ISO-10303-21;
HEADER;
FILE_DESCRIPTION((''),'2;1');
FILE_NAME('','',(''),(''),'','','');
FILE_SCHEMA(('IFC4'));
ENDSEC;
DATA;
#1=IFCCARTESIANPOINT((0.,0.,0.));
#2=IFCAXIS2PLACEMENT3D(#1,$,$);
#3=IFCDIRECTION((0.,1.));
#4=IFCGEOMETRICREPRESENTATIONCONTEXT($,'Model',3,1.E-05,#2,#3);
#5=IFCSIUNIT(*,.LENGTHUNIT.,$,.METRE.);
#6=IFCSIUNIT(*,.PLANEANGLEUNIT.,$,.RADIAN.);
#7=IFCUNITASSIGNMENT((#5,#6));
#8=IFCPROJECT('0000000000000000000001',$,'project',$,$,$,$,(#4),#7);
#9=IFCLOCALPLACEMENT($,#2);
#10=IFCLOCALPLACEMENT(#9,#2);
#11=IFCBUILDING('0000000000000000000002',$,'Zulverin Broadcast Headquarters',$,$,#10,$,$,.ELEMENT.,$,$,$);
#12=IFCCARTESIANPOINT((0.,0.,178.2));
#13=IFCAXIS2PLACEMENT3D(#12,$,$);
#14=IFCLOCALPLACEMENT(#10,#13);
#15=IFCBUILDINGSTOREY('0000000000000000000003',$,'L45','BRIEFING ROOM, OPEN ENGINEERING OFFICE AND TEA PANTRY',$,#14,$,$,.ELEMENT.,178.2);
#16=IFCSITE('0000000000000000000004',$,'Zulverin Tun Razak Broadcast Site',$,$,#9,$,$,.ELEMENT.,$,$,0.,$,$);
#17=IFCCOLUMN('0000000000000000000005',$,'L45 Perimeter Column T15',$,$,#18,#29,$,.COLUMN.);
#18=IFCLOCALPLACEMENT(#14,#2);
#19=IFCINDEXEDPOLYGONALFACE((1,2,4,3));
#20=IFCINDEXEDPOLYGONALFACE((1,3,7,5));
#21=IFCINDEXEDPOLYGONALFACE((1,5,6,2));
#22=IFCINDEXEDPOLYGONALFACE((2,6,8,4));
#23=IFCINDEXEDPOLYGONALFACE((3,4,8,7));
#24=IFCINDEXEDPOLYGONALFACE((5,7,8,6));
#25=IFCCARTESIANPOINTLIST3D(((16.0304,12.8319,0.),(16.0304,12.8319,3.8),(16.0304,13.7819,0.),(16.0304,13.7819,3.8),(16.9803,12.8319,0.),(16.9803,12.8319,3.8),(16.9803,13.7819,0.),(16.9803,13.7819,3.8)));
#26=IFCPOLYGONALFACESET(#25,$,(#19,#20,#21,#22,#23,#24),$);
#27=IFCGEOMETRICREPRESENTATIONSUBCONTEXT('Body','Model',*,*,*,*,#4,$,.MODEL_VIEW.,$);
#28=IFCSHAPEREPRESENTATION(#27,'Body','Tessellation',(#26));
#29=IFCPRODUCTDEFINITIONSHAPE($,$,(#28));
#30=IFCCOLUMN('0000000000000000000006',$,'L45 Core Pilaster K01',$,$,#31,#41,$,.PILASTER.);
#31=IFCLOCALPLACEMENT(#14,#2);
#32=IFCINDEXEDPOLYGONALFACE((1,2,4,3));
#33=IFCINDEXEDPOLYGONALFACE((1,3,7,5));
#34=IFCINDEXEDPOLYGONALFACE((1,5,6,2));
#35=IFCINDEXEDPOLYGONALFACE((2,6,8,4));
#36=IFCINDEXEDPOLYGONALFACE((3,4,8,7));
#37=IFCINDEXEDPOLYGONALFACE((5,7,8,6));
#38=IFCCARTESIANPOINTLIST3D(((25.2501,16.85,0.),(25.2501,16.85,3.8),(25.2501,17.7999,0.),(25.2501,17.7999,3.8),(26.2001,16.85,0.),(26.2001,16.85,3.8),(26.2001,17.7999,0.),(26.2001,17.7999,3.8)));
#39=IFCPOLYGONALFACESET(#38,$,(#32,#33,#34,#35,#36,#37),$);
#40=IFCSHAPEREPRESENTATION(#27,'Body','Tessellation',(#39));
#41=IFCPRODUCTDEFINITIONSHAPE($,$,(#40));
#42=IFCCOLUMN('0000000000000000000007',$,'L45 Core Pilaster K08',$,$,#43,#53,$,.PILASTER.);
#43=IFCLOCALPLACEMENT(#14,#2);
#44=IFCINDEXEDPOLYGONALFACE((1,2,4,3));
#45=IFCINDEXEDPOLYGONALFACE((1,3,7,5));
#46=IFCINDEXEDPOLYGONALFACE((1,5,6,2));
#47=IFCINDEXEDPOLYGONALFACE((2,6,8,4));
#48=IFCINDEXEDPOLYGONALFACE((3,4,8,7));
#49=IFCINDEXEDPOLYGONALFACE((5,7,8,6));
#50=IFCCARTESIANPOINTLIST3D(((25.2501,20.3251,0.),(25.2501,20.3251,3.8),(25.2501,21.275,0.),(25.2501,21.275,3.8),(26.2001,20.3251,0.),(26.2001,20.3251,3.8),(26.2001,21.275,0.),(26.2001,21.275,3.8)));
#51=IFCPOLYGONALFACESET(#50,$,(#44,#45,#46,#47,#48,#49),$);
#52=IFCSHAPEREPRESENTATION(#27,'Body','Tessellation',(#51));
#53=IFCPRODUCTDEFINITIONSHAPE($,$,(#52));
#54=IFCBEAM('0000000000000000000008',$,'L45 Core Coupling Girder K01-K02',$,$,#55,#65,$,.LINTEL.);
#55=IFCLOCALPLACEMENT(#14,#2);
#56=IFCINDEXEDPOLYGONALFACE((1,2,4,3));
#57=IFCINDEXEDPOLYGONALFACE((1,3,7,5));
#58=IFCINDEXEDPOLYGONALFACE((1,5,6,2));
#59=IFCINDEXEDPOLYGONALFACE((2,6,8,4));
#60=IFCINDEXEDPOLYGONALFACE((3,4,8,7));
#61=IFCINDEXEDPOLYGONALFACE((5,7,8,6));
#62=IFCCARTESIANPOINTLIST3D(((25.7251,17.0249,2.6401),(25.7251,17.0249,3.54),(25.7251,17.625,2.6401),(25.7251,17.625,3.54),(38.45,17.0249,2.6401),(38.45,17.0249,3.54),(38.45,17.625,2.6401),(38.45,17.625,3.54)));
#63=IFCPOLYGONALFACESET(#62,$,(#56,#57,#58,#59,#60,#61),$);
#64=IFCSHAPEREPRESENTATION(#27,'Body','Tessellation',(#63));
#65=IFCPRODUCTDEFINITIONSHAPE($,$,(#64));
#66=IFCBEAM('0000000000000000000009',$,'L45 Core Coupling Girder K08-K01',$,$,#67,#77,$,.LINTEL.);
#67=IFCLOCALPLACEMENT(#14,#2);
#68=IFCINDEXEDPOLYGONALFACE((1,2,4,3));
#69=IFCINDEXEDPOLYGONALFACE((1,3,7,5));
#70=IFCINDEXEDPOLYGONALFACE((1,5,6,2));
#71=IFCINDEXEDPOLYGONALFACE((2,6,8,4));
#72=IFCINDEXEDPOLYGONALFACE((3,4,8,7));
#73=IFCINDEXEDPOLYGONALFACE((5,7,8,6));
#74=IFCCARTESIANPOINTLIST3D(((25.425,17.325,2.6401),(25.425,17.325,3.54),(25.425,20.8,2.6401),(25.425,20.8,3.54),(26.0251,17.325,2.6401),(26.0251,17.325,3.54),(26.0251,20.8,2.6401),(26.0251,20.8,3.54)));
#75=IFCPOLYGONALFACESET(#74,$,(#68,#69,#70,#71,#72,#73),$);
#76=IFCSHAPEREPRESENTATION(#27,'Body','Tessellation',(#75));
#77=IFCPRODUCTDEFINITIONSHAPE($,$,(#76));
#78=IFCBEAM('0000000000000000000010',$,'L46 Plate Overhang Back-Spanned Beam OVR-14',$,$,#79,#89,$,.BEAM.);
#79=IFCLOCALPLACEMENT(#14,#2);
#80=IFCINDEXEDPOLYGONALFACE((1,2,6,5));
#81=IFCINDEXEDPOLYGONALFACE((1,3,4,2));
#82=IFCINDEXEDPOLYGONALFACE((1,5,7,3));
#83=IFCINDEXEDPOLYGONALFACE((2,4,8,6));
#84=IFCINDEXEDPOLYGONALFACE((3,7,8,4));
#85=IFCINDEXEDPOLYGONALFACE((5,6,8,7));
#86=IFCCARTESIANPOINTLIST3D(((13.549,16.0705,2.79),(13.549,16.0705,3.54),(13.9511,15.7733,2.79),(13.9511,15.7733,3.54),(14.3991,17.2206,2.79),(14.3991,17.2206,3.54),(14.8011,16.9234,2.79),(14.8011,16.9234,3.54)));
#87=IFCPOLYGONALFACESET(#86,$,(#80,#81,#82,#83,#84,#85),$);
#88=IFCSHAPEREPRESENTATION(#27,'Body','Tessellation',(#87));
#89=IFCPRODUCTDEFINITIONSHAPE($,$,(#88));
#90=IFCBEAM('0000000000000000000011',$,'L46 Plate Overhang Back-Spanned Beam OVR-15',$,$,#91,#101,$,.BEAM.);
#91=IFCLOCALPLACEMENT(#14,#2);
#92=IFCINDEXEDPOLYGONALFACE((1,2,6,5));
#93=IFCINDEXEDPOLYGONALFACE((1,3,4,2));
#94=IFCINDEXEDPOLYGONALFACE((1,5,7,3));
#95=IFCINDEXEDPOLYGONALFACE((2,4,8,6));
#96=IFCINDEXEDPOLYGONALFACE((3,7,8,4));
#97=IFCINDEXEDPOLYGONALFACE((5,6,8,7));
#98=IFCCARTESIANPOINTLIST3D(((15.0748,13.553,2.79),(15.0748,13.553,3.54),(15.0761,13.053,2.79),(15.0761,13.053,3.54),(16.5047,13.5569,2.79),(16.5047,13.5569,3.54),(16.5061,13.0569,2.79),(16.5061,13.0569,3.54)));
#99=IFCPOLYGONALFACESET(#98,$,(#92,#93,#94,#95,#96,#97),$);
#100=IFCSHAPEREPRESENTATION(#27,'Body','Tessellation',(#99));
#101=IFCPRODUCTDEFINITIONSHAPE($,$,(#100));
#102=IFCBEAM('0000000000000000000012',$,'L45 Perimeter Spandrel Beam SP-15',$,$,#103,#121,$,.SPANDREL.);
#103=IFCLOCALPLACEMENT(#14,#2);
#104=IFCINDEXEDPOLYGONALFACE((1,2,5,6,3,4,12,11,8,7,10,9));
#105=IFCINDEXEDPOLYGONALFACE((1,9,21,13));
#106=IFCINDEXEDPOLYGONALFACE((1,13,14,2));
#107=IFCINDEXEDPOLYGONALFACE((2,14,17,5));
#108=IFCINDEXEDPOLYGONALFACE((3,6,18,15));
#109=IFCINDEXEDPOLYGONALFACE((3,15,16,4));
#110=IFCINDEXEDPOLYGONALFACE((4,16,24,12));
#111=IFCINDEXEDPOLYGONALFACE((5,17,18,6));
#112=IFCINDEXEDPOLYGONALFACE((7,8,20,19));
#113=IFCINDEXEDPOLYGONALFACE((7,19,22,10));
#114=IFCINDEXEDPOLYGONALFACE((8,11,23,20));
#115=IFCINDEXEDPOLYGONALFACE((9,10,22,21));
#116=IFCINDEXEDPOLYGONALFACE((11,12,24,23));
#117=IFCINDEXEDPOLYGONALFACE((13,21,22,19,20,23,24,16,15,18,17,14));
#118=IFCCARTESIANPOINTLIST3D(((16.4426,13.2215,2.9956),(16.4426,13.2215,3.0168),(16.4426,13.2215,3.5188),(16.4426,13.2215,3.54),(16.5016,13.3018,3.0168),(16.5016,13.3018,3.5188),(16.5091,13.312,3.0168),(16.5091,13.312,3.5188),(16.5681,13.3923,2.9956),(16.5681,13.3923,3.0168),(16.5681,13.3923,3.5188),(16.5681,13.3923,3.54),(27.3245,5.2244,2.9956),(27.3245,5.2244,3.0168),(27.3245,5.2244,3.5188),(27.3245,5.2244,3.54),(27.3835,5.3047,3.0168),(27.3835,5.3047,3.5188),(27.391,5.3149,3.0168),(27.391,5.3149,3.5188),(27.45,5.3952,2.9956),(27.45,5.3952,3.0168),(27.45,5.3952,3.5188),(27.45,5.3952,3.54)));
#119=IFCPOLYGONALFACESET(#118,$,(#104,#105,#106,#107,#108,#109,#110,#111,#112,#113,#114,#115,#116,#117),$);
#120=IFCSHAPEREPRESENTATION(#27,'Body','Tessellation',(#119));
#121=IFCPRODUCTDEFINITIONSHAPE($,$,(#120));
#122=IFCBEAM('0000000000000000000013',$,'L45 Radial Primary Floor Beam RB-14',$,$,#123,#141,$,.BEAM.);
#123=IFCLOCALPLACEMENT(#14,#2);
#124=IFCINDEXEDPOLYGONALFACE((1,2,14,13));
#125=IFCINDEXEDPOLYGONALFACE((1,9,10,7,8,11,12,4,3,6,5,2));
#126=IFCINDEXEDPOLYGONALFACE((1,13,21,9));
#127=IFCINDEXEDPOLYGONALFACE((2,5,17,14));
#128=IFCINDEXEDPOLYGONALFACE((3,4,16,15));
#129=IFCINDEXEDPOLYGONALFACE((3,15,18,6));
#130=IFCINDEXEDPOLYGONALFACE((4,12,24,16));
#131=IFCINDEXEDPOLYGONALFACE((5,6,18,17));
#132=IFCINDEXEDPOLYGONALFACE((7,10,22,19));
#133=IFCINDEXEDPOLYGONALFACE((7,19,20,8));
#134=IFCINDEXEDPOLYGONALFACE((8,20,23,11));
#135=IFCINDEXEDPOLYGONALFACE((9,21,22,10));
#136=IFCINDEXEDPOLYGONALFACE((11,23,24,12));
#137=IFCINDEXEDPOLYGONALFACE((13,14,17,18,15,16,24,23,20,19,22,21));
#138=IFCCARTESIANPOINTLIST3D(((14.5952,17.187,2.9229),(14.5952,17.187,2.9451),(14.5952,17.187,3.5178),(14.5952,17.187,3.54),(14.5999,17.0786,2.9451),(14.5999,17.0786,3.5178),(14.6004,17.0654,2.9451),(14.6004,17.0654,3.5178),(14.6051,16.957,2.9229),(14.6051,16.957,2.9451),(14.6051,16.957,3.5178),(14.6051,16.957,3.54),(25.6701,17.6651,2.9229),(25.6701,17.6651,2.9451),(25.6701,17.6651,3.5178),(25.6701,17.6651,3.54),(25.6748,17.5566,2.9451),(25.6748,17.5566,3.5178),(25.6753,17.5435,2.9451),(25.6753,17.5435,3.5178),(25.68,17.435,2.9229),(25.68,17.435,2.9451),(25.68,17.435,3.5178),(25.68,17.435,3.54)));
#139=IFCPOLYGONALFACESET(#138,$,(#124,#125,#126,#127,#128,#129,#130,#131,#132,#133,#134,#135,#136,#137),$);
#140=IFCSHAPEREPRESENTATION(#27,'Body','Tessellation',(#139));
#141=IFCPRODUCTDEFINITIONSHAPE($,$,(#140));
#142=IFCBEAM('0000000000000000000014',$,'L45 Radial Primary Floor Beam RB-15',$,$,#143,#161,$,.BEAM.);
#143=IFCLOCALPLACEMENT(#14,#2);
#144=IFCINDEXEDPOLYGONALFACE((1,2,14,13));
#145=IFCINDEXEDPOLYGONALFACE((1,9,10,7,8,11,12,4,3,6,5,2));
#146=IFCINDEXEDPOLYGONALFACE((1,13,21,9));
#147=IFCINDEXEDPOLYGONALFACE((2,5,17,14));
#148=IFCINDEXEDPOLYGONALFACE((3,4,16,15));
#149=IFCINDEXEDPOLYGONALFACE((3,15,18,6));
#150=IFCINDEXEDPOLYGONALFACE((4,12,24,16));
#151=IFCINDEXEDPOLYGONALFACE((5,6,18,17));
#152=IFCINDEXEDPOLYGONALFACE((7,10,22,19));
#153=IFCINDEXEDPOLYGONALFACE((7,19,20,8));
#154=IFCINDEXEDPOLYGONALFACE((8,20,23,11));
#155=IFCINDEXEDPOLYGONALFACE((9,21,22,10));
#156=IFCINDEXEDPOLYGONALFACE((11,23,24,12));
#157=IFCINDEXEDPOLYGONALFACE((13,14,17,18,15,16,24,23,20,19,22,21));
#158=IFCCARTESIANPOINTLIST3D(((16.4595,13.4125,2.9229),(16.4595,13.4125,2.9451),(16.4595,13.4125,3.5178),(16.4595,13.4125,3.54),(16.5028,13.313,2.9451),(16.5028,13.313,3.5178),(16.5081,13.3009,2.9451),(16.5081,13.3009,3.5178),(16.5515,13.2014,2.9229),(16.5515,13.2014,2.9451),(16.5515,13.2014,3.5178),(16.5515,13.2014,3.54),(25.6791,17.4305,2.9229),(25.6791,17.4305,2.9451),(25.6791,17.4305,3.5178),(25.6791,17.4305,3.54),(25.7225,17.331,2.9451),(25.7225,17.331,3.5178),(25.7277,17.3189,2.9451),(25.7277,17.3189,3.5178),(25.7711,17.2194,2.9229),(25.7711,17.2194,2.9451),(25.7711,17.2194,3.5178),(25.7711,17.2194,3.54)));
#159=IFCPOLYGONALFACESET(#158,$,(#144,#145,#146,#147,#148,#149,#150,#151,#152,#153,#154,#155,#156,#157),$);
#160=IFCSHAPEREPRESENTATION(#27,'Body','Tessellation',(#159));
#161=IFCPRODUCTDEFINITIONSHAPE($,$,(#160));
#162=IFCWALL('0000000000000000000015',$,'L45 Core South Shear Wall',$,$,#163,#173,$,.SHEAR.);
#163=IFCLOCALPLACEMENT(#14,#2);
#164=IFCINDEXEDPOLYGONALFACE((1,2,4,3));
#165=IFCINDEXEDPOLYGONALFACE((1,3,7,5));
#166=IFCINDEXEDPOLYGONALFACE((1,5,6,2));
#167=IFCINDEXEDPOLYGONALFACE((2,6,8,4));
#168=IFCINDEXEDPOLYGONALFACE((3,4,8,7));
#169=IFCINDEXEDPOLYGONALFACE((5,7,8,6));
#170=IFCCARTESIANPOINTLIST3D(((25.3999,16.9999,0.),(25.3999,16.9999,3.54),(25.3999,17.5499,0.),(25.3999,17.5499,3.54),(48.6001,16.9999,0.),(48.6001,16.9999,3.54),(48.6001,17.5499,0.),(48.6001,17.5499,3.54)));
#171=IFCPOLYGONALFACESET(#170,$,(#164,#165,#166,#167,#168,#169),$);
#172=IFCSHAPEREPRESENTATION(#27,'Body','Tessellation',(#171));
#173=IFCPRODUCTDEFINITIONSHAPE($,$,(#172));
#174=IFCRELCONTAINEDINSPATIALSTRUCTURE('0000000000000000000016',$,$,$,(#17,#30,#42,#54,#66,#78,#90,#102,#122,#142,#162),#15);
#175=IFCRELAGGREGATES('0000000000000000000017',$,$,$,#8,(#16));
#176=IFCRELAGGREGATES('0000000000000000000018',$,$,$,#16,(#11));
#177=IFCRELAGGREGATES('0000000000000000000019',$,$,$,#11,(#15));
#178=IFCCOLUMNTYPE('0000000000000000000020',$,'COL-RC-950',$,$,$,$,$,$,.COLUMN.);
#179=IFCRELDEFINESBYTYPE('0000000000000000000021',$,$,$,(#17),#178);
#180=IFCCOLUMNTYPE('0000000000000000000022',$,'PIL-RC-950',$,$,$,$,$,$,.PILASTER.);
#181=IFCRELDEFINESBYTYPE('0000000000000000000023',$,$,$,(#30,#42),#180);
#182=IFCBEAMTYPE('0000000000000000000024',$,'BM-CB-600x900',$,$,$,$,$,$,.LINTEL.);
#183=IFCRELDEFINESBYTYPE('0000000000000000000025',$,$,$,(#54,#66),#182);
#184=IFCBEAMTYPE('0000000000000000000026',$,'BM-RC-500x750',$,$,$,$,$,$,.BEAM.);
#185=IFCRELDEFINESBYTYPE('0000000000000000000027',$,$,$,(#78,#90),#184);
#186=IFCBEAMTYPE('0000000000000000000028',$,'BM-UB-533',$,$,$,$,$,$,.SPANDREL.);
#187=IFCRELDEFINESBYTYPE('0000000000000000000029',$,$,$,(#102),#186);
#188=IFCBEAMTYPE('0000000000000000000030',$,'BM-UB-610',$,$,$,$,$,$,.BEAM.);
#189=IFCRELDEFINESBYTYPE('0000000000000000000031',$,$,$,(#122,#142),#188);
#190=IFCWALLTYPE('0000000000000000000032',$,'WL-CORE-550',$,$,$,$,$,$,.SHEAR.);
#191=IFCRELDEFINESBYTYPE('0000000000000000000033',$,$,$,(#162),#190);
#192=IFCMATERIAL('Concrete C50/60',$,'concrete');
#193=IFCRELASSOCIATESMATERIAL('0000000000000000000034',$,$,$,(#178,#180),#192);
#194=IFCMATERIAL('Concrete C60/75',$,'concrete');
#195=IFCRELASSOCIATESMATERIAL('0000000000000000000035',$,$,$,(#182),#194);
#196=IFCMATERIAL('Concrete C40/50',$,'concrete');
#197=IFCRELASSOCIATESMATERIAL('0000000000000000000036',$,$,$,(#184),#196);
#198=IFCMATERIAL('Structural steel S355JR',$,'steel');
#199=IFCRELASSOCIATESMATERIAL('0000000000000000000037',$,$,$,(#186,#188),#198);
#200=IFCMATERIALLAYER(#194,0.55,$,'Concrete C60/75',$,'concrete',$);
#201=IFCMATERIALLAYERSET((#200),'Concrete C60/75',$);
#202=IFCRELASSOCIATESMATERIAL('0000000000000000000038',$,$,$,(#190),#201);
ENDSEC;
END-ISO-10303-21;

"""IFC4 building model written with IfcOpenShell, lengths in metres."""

from ifc_helpers import new_model, si_unit, direction, frame, frame_2d, origin, origin_2d, place, context, subcontext, project, spatial, rectangle, i_section, extrude, material, layer, layer_set, material_profile, profile_set, type_object, element, save


model = new_model("IFC4")

# Units and contexts
model_context = context("Model", 3, precision=1e-05, world=origin(), true_north=direction((0.0, 1.0)))
body_context = subcontext(model_context, "Body", "Model", "MODEL_VIEW")
ifc_project = project(units=[si_unit("LENGTHUNIT", "METRE"), si_unit("PLANEANGLEUNIT", "RADIAN")], contexts=[model_context])

# Site, building, storey
site_placement = place(None, origin())
site = spatial("IfcSite", under=ifc_project, at=site_placement, Name="Zulverin Tun Razak Broadcast Site", CompositionType="ELEMENT", RefElevation=0.0)
building_placement = place(site_placement, origin())
building = spatial("IfcBuilding", under=site, at=building_placement, Name="Zulverin Broadcast Headquarters", CompositionType="ELEMENT")
storey_placement = place(building_placement, frame((0.0, 0.0, 178.2)))
storey = spatial("IfcBuildingStorey", under=building, at=storey_placement, Name="L45", Description="BRIEFING ROOM, OPEN ENGINEERING OFFICE AND TEA PANTRY", CompositionType="ELEMENT", Elevation=178.2)

# Columns
ifc_material_1 = material(Name="Concrete C50/60", Category="concrete")
ifc_material_profile_1 = material_profile(ifc_material_1, rectangle(XDim=0.95, YDim=0.95, at=origin_2d()), Name="Concrete C50/60", Category="concrete")
ifc_profile_set_1 = profile_set([ifc_material_profile_1], Name="Concrete C50/60")
column_type_1 = type_object("IfcColumnType", Name="COL-RC-950", PredefinedType="COLUMN", material=ifc_profile_set_1)
column_placement = place(storey_placement, frame((16.5054, 13.3069, 0.0), z_axis=(0.0, 0.0, 1.0), x_axis=(1.0, 0.0, 0.0)))
element("IfcColumn", 1, at=column_placement, inside=storey, type_object=column_type_1, Name="L45 Perimeter Column T15", PredefinedType="COLUMN", context=body_context, shape_type="SweptSolid", body=[
    extrude(rectangle(XDim=0.95, YDim=0.95, at=origin_2d()), origin(), (0.0, 0.0, 1.0), 3.8),
])
ifc_material_profile_2 = material_profile(ifc_material_1, rectangle(XDim=0.95, YDim=0.95, at=origin_2d()), Name="Concrete C50/60", Category="concrete")
ifc_profile_set_2 = profile_set([ifc_material_profile_2], Name="Concrete C50/60")
column_type_2 = type_object("IfcColumnType", Name="PIL-RC-950", PredefinedType="PILASTER", material=ifc_profile_set_2)
for number, where, z_axis, x_axis, name in (
    (2, (25.7251, 17.325, 0.0), (0.0, 0.0, 1.0), (1.0, 0.0, 0.0), "L45 Core Pilaster K01"),
    (3, (25.7251, 20.8, 0.0), (0.0, 0.0, 1.0), (1.0, 0.0, 0.0), "L45 Core Pilaster K08"),
):
    element("IfcColumn", number, at=place(storey_placement, frame(where, z_axis=z_axis, x_axis=x_axis)), inside=storey, type_object=column_type_2, Name=name, PredefinedType="PILASTER", context=body_context, shape_type="SweptSolid", body=[
        extrude(rectangle(XDim=0.95, YDim=0.95, at=origin_2d()), origin(), (0.0, 0.0, 1.0), 3.8),
    ])

# Beams
ifc_material_2 = material(Name="Concrete C60/75", Category="concrete")
ifc_material_profile_3 = material_profile(ifc_material_2, rectangle(XDim=0.6001, YDim=0.8999, at=origin_2d()), Name="Concrete C60/75", Category="concrete")
ifc_profile_set_3 = profile_set([ifc_material_profile_3], Name="Concrete C60/75")
beam_type_1 = type_object("IfcBeamType", Name="BM-CB-600x900", PredefinedType="LINTEL", material=ifc_profile_set_3)
beam_1_placement = place(storey_placement, frame((25.7251, 17.325, 3.0901), z_axis=(1.0, 0.0, 0.0), x_axis=(0.0, 1.0, 0.0)))
element("IfcBeam", 4, at=beam_1_placement, inside=storey, type_object=beam_type_1, Name="L45 Core Coupling Girder K01-K02", PredefinedType="LINTEL", context=body_context, shape_type="SweptSolid", body=[
    extrude(rectangle(XDim=0.6001, YDim=0.8999, at=origin_2d()), origin(), (0.0, 0.0, 1.0), 12.7249),
])
beam_2_placement = place(storey_placement, frame((25.7251, 20.8, 3.0901), z_axis=(0.0, -1.0, 0.0), x_axis=(1.0, 0.0, 0.0)))
element("IfcBeam", 5, at=beam_2_placement, inside=storey, type_object=beam_type_1, Name="L45 Core Coupling Girder K08-K01", PredefinedType="LINTEL", context=body_context, shape_type="SweptSolid", body=[
    extrude(rectangle(XDim=0.6001, YDim=0.8999, at=origin_2d()), origin(), (0.0, 0.0, 1.0), 3.4751),
])
ifc_material_3 = material(Name="Concrete C40/50", Category="concrete")
ifc_material_profile_4 = material_profile(ifc_material_3, rectangle(XDim=0.5, YDim=0.75, at=origin_2d()), Name="Concrete C40/50", Category="concrete")
ifc_profile_set_4 = profile_set([ifc_material_profile_4], Name="Concrete C40/50")
beam_type_2 = type_object("IfcBeamType", Name="BM-RC-500x750", PredefinedType="BEAM", material=ifc_profile_set_4)
beam_3_placement = place(storey_placement, frame((14.6001, 17.072, 3.165), z_axis=(-0.594386, -0.80418, 0.0), x_axis=(0.80418, -0.594386, 0.0)))
element("IfcBeam", 6, at=beam_3_placement, inside=storey, type_object=beam_type_2, Name="L46 Plate Overhang Back-Spanned Beam OVR-14", PredefinedType="BEAM", context=body_context, shape_type="SweptSolid", body=[
    extrude(rectangle(XDim=0.5, YDim=0.75, at=origin_2d()), origin(), (0.0, 0.0, 1.0), 1.4302),
])
beam_4_placement = place(storey_placement, frame((16.5054, 13.3069, 3.165), z_axis=(-0.999996, -0.002732, 0.0), x_axis=(0.002732, -0.999996, 0.0)))
element("IfcBeam", 7, at=beam_4_placement, inside=storey, type_object=beam_type_2, Name="L46 Plate Overhang Back-Spanned Beam OVR-15", PredefinedType="BEAM", context=body_context, shape_type="SweptSolid", body=[
    extrude(rectangle(XDim=0.5, YDim=0.75, at=origin_2d()), origin(), (0.0, 0.0, 1.0), 1.4299),
])
ifc_material_4 = material(Name="Structural steel S355JR", Category="steel")
ifc_material_profile_5 = material_profile(ifc_material_4, i_section(OverallWidth=0.2119, OverallDepth=0.5444, WebThickness=0.0127, FlangeThickness=0.0212, at=origin_2d()), Name="Structural steel S355JR", Category="steel")
ifc_profile_set_5 = profile_set([ifc_material_profile_5], Name="Structural steel S355JR")
beam_type_3 = type_object("IfcBeamType", Name="BM-UB-533", PredefinedType="SPANDREL", material=ifc_profile_set_5)
beam_5_placement = place(storey_placement, frame((16.5054, 13.3069, 3.2678), z_axis=(0.805802, -0.592185, 0.0), x_axis=(0.592185, 0.805802, 0.0)))
element("IfcBeam", 8, at=beam_5_placement, inside=storey, type_object=beam_type_3, Name="L45 Perimeter Spandrel Beam SP-15", PredefinedType="SPANDREL", context=body_context, shape_type="SweptSolid", body=[
    extrude(i_section(OverallWidth=0.2119, OverallDepth=0.5444, WebThickness=0.0127, FlangeThickness=0.0212, at=origin_2d()), origin(), (0.0, 0.0, 1.0), 13.5044),
])
ifc_material_profile_6 = material_profile(ifc_material_4, i_section(OverallWidth=0.2302, OverallDepth=0.6172, WebThickness=0.0132, FlangeThickness=0.0222, at=origin_2d()), Name="Structural steel S355JR", Category="steel")
ifc_profile_set_6 = profile_set([ifc_material_profile_6], Name="Structural steel S355JR")
beam_type_4 = type_object("IfcBeamType", Name="BM-UB-610", PredefinedType="BEAM", material=ifc_profile_set_6)
beam_6_placement = place(storey_placement, frame((25.675, 17.55, 3.2314), z_axis=(-0.99907, -0.043123, 0.0), x_axis=(0.043123, -0.99907, 0.0)))
element("IfcBeam", 9, at=beam_6_placement, inside=storey, type_object=beam_type_4, Name="L45 Radial Primary Floor Beam RB-14", PredefinedType="BEAM", context=body_context, shape_type="SweptSolid", body=[
    extrude(i_section(OverallWidth=0.2302, OverallDepth=0.6172, WebThickness=0.0132, FlangeThickness=0.0222, at=origin_2d()), origin(), (0.0, 0.0, 1.0), 11.0852),
])
beam_7_placement = place(storey_placement, frame((25.7251, 17.325, 3.2314), z_axis=(-0.916725, -0.39952, 0.0), x_axis=(0.39952, -0.916725, 0.0)))
element("IfcBeam", 10, at=beam_7_placement, inside=storey, type_object=beam_type_4, Name="L45 Radial Primary Floor Beam RB-15", PredefinedType="BEAM", context=body_context, shape_type="SweptSolid", body=[
    extrude(i_section(OverallWidth=0.2302, OverallDepth=0.6172, WebThickness=0.0132, FlangeThickness=0.0222, at=origin_2d()), origin(), (0.0, 0.0, 1.0), 10.0571),
])

# Wall
ifc_layer_1 = layer(ifc_material_2, 0.55, Name="Concrete C60/75", Category="concrete")
ifc_layer_set_1 = layer_set([ifc_layer_1], Name="Concrete C60/75")
wall_type_1 = type_object("IfcWallType", Name="WL-CORE-550", PredefinedType="SHEAR", material=ifc_layer_set_1)
wall_1_placement = place(storey_placement, frame((25.3999, 17.2749, 0.0), z_axis=(0.0, 0.0, 1.0), x_axis=(1.0, 0.0, 0.0)))
element("IfcWall", 11, at=wall_1_placement, inside=storey, type_object=wall_type_1, Name="L45 Core South Shear Wall", PredefinedType="SHEAR", context=body_context, shape_type="SweptSolid", body=[
    extrude(rectangle(XDim=23.2002, YDim=0.55, at=frame_2d((11.6001, 0.0))), origin(), (0.0, 0.0, 1.0), 3.54),
])

save(model, "model.ifc")
